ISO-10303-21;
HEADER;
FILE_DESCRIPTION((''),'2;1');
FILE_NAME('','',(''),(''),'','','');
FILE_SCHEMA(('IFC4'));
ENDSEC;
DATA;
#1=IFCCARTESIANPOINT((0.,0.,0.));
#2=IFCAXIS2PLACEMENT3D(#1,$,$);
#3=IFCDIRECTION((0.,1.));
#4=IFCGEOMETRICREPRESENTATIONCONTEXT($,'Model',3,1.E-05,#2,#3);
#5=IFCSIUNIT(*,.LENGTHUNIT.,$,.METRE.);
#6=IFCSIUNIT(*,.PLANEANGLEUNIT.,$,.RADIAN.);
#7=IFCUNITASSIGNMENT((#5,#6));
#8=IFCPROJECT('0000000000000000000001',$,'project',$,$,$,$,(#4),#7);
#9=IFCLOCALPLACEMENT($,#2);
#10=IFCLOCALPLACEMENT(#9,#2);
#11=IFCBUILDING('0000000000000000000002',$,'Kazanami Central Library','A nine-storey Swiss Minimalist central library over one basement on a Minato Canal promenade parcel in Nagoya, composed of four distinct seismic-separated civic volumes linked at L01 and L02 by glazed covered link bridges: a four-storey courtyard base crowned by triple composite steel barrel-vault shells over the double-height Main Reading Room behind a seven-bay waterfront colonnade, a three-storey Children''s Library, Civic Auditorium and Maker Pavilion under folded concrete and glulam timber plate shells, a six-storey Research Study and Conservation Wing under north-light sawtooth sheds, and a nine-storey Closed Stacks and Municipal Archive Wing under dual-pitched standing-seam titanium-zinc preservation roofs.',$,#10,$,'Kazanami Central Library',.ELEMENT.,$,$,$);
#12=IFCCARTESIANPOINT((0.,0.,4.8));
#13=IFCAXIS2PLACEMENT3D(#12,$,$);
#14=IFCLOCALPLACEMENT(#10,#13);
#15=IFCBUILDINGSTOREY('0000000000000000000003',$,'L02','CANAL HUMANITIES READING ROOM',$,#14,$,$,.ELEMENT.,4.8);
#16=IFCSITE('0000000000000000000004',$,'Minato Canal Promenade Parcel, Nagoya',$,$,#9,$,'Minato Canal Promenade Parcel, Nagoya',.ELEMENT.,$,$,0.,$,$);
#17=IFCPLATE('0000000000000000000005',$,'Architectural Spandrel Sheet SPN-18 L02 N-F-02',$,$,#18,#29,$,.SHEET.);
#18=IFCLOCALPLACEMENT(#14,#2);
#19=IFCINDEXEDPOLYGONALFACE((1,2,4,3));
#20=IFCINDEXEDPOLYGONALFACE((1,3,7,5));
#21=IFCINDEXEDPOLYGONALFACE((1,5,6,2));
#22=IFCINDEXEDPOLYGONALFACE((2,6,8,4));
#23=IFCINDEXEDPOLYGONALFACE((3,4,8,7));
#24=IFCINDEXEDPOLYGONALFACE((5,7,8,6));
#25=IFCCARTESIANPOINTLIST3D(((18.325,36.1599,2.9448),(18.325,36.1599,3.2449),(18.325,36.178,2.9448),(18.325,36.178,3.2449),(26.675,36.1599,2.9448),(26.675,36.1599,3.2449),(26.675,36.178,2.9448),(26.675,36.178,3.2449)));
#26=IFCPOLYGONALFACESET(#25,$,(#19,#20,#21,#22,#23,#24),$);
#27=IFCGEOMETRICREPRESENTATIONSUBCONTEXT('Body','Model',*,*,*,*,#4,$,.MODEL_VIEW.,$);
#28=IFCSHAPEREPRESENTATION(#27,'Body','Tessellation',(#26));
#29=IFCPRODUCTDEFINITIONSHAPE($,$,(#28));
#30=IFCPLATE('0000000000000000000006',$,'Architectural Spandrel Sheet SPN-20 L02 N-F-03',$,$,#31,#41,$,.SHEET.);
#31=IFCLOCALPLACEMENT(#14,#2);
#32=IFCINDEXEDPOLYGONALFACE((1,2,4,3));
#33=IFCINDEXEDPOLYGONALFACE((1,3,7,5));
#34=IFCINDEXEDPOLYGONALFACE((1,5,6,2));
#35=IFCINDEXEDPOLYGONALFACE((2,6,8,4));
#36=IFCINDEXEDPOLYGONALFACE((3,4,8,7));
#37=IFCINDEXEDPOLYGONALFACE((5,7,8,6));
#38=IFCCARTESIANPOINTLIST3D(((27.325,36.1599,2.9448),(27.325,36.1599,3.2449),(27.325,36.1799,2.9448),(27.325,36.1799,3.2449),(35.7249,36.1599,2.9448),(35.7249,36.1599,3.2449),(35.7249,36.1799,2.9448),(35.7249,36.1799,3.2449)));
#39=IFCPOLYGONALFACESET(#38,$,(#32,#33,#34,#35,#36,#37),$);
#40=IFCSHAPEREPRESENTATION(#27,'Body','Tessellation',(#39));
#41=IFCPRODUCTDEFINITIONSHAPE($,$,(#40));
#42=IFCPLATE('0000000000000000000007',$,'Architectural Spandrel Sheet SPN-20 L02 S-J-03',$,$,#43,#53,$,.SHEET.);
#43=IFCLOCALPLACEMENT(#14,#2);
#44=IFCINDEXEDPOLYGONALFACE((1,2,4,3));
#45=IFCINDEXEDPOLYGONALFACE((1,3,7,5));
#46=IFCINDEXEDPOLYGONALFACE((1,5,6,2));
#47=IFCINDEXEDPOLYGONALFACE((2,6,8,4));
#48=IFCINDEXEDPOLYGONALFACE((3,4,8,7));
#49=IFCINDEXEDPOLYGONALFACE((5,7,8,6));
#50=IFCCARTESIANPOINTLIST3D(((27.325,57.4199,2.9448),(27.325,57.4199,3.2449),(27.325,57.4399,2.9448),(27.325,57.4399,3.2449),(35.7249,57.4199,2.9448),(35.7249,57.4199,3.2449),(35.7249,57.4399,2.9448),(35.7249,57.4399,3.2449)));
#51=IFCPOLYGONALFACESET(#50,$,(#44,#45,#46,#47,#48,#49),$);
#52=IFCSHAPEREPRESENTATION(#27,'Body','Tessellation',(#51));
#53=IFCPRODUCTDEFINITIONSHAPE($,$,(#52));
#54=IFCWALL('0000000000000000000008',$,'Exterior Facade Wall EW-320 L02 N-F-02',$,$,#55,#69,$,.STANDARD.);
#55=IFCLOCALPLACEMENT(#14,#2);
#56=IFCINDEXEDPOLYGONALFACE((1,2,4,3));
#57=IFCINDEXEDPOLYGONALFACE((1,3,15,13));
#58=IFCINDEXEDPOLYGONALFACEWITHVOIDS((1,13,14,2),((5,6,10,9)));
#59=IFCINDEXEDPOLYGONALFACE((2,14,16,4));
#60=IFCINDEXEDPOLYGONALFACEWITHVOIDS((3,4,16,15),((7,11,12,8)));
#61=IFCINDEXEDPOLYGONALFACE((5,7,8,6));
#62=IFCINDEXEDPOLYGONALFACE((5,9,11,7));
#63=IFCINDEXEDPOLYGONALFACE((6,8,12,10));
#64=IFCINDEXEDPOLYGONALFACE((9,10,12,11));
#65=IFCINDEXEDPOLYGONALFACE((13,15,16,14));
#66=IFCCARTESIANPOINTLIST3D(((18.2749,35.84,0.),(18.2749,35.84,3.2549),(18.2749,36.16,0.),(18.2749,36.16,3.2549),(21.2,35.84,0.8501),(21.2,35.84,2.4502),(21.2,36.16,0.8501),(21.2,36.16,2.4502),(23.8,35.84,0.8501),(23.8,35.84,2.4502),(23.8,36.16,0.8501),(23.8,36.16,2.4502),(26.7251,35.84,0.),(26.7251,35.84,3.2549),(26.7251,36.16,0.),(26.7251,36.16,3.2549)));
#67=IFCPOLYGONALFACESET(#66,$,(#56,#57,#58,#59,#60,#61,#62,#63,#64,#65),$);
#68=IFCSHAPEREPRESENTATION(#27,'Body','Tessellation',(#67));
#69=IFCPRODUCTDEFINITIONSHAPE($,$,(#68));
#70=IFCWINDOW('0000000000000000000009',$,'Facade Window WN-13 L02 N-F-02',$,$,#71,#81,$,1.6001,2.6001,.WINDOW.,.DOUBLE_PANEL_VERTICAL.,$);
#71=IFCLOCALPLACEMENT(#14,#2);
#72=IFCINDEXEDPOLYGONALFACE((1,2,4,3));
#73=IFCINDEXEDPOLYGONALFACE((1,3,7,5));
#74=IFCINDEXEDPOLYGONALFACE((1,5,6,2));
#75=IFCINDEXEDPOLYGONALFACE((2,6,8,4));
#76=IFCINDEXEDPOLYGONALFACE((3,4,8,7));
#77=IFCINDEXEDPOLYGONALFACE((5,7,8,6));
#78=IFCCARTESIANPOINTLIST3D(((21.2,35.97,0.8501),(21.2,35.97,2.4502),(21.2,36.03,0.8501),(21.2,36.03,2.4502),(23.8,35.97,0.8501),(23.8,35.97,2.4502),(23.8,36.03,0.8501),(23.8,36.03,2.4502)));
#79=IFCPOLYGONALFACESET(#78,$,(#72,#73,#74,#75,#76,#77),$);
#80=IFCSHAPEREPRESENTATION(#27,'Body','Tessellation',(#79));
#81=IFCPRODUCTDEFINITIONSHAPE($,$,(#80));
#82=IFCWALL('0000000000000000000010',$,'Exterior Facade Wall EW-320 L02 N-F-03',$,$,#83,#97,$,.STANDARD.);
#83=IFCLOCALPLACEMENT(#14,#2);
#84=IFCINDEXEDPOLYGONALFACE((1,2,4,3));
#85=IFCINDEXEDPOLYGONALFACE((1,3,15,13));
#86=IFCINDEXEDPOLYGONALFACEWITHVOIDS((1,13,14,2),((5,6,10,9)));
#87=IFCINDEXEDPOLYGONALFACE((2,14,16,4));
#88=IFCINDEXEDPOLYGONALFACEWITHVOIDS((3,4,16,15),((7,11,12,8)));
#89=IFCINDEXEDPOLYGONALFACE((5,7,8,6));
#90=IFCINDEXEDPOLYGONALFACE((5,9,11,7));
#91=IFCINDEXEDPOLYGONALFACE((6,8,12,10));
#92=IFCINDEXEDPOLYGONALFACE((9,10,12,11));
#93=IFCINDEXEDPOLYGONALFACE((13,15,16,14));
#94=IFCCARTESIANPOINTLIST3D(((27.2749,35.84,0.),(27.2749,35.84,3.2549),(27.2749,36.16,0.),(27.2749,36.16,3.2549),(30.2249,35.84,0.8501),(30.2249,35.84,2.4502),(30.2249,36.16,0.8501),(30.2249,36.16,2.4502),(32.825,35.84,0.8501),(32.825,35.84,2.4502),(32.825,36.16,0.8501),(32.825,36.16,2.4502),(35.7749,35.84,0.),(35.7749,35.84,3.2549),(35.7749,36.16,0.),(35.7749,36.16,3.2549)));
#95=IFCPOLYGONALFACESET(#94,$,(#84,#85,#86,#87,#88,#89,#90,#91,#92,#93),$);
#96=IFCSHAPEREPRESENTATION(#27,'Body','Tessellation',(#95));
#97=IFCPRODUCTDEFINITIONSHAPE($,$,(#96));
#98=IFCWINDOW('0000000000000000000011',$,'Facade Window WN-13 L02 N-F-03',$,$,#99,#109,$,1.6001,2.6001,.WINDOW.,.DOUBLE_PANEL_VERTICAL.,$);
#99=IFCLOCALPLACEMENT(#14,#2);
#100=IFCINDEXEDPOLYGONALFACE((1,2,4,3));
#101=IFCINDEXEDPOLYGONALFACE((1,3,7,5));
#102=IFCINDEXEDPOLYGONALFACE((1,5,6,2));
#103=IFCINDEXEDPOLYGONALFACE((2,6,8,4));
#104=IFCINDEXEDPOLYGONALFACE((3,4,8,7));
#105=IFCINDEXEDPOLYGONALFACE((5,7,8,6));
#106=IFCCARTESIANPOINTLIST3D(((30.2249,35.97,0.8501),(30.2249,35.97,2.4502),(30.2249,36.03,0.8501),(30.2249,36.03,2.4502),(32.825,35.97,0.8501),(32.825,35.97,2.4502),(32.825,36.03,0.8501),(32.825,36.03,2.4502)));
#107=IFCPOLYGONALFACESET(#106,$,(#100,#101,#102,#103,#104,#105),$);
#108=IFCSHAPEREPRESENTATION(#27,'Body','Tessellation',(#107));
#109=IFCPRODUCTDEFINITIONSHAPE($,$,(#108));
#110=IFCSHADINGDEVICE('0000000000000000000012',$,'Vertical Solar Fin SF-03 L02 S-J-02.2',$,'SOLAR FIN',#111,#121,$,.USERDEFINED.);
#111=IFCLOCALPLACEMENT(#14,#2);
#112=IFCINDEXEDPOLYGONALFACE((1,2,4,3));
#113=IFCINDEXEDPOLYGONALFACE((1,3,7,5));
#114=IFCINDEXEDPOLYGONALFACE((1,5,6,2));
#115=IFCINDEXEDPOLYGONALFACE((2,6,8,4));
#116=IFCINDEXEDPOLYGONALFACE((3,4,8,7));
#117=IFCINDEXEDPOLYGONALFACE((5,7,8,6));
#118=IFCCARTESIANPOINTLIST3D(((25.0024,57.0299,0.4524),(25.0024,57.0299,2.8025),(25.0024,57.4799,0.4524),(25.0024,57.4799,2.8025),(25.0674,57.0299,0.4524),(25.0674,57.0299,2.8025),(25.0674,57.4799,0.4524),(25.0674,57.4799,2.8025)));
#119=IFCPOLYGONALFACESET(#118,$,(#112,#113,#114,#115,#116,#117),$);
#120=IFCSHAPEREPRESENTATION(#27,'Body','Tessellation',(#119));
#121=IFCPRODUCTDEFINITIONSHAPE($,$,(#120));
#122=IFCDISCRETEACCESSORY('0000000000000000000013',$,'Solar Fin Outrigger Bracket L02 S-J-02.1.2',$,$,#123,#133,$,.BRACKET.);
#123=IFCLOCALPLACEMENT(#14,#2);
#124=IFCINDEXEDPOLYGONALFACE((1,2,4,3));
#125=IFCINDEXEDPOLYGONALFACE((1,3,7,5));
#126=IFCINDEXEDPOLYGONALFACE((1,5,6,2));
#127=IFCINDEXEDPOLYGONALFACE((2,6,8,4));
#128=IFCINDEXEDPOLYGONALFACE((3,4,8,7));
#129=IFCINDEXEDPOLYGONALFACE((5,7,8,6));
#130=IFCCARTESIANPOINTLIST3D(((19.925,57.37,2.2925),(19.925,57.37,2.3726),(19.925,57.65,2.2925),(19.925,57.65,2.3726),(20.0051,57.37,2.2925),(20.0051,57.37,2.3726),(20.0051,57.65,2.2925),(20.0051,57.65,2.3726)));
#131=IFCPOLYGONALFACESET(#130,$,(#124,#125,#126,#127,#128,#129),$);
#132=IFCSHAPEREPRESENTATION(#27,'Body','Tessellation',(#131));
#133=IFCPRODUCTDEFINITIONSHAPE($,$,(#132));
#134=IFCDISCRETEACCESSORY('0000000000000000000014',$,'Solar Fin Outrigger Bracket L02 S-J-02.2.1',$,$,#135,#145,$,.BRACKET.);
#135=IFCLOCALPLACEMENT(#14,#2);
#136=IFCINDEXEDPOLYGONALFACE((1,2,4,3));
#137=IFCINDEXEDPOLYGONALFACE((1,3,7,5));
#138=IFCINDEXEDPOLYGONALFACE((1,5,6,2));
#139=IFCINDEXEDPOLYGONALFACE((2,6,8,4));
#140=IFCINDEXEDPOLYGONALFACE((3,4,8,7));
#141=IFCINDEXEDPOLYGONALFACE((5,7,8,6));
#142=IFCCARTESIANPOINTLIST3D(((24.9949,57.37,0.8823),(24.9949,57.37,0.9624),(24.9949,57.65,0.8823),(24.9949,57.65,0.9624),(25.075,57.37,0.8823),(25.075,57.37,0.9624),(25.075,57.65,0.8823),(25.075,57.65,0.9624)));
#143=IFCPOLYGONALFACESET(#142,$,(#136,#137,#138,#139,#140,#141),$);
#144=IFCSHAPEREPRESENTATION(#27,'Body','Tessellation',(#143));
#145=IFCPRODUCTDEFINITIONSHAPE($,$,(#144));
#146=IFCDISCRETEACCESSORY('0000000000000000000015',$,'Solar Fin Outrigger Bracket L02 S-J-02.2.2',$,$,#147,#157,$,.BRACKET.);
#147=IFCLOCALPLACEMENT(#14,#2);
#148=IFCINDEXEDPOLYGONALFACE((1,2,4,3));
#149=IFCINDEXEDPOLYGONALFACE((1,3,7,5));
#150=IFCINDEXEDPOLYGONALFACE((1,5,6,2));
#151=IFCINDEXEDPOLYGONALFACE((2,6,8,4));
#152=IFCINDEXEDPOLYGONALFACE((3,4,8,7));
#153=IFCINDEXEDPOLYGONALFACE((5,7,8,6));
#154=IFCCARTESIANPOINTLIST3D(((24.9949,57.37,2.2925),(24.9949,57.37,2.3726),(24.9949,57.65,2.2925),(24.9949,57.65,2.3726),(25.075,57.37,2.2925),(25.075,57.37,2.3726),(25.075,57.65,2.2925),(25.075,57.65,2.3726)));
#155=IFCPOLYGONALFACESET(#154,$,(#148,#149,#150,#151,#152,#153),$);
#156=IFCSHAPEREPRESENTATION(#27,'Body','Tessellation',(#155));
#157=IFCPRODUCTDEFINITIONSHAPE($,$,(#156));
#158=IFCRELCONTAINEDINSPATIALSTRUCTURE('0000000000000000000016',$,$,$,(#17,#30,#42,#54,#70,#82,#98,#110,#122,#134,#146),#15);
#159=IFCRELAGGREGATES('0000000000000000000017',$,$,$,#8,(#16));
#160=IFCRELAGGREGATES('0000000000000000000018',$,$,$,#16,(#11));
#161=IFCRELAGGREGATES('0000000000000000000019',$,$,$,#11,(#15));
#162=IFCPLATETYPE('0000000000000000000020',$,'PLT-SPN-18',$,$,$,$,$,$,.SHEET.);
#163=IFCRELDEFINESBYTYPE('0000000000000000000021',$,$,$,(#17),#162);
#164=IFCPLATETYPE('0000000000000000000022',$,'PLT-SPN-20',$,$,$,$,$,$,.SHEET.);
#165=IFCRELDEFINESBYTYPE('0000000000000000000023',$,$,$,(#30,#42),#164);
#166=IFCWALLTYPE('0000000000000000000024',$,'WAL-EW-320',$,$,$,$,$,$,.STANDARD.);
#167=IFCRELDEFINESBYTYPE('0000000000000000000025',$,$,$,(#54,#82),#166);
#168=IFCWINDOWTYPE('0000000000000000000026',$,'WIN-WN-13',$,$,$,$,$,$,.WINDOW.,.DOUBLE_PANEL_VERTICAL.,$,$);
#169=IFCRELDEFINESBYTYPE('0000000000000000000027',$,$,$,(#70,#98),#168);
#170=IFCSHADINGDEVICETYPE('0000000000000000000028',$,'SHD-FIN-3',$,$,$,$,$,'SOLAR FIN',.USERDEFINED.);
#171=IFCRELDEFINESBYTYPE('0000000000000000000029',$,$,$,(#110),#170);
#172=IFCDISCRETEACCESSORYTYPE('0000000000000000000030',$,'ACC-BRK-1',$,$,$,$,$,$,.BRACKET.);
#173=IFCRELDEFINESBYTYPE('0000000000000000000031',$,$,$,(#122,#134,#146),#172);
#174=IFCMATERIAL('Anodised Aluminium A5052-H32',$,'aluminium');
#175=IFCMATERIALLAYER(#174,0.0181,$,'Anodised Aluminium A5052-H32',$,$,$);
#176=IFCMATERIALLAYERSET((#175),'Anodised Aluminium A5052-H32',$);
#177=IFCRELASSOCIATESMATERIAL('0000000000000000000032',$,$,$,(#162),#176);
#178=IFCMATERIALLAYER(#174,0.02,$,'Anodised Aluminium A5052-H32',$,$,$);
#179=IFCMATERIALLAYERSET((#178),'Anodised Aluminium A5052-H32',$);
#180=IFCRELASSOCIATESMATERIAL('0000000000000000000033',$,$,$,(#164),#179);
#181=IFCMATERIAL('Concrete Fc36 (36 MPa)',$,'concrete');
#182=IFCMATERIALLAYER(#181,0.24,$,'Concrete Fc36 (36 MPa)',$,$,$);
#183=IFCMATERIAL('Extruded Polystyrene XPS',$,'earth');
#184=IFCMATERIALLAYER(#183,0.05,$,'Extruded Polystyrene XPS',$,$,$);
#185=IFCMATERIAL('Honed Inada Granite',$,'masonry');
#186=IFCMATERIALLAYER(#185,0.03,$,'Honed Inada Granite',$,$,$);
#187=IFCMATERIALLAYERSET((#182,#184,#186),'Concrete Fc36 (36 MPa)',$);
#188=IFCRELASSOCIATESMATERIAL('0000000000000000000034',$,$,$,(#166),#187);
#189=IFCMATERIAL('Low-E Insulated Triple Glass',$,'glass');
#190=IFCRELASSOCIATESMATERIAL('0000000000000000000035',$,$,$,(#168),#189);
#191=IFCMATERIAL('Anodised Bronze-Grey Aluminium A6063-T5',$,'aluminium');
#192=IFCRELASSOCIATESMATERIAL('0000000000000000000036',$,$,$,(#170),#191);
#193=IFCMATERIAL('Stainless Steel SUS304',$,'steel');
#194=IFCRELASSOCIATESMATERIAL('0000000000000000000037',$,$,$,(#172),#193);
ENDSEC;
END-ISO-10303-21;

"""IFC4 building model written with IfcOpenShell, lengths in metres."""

from ifc_helpers import new_model, si_unit, direction, frame, frame_2d, origin, origin_2d, place, context, subcontext, project, spatial, rectangle, extrude, material, layer, layer_set, type_object, element, fill, save


model = new_model("IFC4")

# Units and contexts
model_context = context("Model", 3, precision=1e-05, world=origin(), true_north=direction((0.0, 1.0)))
body_context = subcontext(model_context, "Body", "Model", "MODEL_VIEW")
ifc_project = project(units=[si_unit("LENGTHUNIT", "METRE"), si_unit("PLANEANGLEUNIT", "RADIAN")], contexts=[model_context])

# Site, building, storey
site_placement = place(None, origin())
site = spatial("IfcSite", under=ifc_project, at=site_placement, Name="Minato Canal Promenade Parcel, Nagoya", LongName="Minato Canal Promenade Parcel, Nagoya", CompositionType="ELEMENT", RefElevation=0.0)
building_placement = place(site_placement, origin())
building = spatial("IfcBuilding", under=site, at=building_placement, Name="Kazanami Central Library", Description="A nine-storey Swiss Minimalist central library over one basement on a Minato Canal promenade parcel in Nagoya, composed of four distinct seismic-separated civic volumes linked at L01 and L02 by glazed covered link bridges: a four-storey courtyard base crowned by triple composite steel barrel-vault shells over the double-height Main Reading Room behind a seven-bay waterfront colonnade, a three-storey Children's Library, Civic Auditorium and Maker Pavilion under folded concrete and glulam timber plate shells, a six-storey Research Study and Conservation Wing under north-light sawtooth sheds, and a nine-storey Closed Stacks and Municipal Archive Wing under dual-pitched standing-seam titanium-zinc preservation roofs.", LongName="Kazanami Central Library", CompositionType="ELEMENT")
storey_placement = place(building_placement, frame((0.0, 0.0, 4.8)))
storey = spatial("IfcBuildingStorey", under=building, at=storey_placement, Name="L02", Description="CANAL HUMANITIES READING ROOM", CompositionType="ELEMENT", Elevation=4.8)

# Shared definitions
ifc_material_1 = material(Name="Low-E Insulated Triple Glass", Category="glass")
ifc_material_2 = material(Name="Anodised Aluminium A5052-H32", Category="aluminium")

# Plates
ifc_layer_1 = layer(ifc_material_2, 0.0181, Name="Anodised Aluminium A5052-H32")
ifc_layer_set_1 = layer_set([ifc_layer_1], Name="Anodised Aluminium A5052-H32")
plate_type_1 = type_object("IfcPlateType", Name="PLT-SPN-18", PredefinedType="SHEET", material=ifc_layer_set_1)
plate_1_placement = place(storey_placement, frame((22.5, 36.1689, 2.9448), z_axis=(0.0, 0.0, 1.0), x_axis=(-1.0, 0.0, 0.0)))
element("IfcPlate", 1, at=plate_1_placement, inside=storey, type_object=plate_type_1, Name="Architectural Spandrel Sheet SPN-18 L02 N-F-02", PredefinedType="SHEET", context=body_context, shape_type="SweptSolid", body=[
    extrude(rectangle(XDim=8.3501, YDim=0.0181, at=origin_2d()), origin(), (0.0, 0.0, 1.0), 0.3),
])
ifc_layer_2 = layer(ifc_material_2, 0.02, Name="Anodised Aluminium A5052-H32")
ifc_layer_set_2 = layer_set([ifc_layer_2], Name="Anodised Aluminium A5052-H32")
plate_type_2 = type_object("IfcPlateType", Name="PLT-SPN-20", PredefinedType="SHEET", material=ifc_layer_set_2)
for number, where, z_axis, x_axis, name in (
    (2, (31.5249, 36.1699, 2.9448), (0.0, 0.0, 1.0), (-1.0, 0.0, 0.0), "Architectural Spandrel Sheet SPN-20 L02 N-F-03"),
    (3, (31.5249, 57.4299, 2.9448), (0.0, 0.0, 1.0), (1.0, 0.0, 0.0), "Architectural Spandrel Sheet SPN-20 L02 S-J-03"),
):
    element("IfcPlate", number, at=place(storey_placement, frame(where, z_axis=z_axis, x_axis=x_axis)), inside=storey, type_object=plate_type_2, Name=name, PredefinedType="SHEET", context=body_context, shape_type="SweptSolid", body=[
        extrude(rectangle(XDim=8.3999, YDim=0.02, at=origin_2d()), origin(), (0.0, 0.0, 1.0), 0.3),
    ])

# Walls, openings, windows
ifc_material_3 = material(Name="Concrete Fc36 (36 MPa)", Category="concrete")
ifc_layer_3 = layer(ifc_material_3, 0.24, Name="Concrete Fc36 (36 MPa)")
ifc_material_4 = material(Name="Extruded Polystyrene XPS", Category="earth")
ifc_layer_4 = layer(ifc_material_4, 0.05, Name="Extruded Polystyrene XPS")
ifc_material_5 = material(Name="Honed Inada Granite", Category="masonry")
ifc_layer_5 = layer(ifc_material_5, 0.03, Name="Honed Inada Granite")
ifc_layer_set_3 = layer_set([ifc_layer_3, ifc_layer_4, ifc_layer_5], Name="Concrete Fc36 (36 MPa)")
wall_type = type_object("IfcWallType", Name="WAL-EW-320", PredefinedType="STANDARD", material=ifc_layer_set_3)
wall_1_placement = place(storey_placement, frame((26.7251, 36.0, 0.0), z_axis=(0.0, 0.0, 1.0), x_axis=(-1.0, 0.0, 0.0)))
wall_1 = element("IfcWall", 4, at=wall_1_placement, inside=storey, type_object=wall_type, Name="Exterior Facade Wall EW-320 L02 N-F-02", PredefinedType="STANDARD", context=body_context, shape_type="SweptSolid", body=[
    extrude(rectangle(XDim=8.4502, YDim=0.3201, at=frame_2d((4.2251, 0.0))), origin(), (0.0, 0.0, 1.0), 3.2549),
])
opening_1_placement = place(wall_1_placement, frame((2.925, 0.0, 0.8501)))
opening_1 = element("IfcOpeningElement", 5, at=opening_1_placement, cuts=wall_1, PredefinedType="OPENING", context=body_context, shape_type="SweptSolid", body=[
    extrude(rectangle(XDim=2.6001, YDim=1.6001, at=frame_2d((1.3, 0.8))), frame((0.0, 0.1719, 0.0), z_axis=(0.0, -1.0, 0.0), x_axis=(1.0, 0.0, 0.0)), (0.0, 0.0, 1.0), 0.344),
])
window_type = type_object("IfcWindowType", Name="WIN-WN-13", PartitioningType="DOUBLE_PANEL_VERTICAL", PredefinedType="WINDOW", material=ifc_material_1)
window_1_placement = place(opening_1_placement, origin())
window_1 = element("IfcWindow", 6, at=window_1_placement, inside=storey, type_object=window_type, Name="Facade Window WN-13 L02 N-F-02", OverallHeight=1.6001, OverallWidth=2.6001, PartitioningType="DOUBLE_PANEL_VERTICAL", PredefinedType="WINDOW", context=body_context, shape_type="SweptSolid", body=[
    extrude(rectangle(XDim=2.6001, YDim=1.6001, at=frame_2d((1.3, 0.8))), frame((0.0, 0.03, 0.0), z_axis=(0.0, -1.0, 0.0), x_axis=(1.0, 0.0, 0.0)), (0.0, 0.0, 1.0), 0.0601),
])
fill(opening_1, window_1)
wall_2_placement = place(storey_placement, frame((35.7749, 36.0, 0.0), z_axis=(0.0, 0.0, 1.0), x_axis=(-1.0, 0.0, 0.0)))
wall_2 = element("IfcWall", 7, at=wall_2_placement, inside=storey, type_object=wall_type, Name="Exterior Facade Wall EW-320 L02 N-F-03", PredefinedType="STANDARD", context=body_context, shape_type="SweptSolid", body=[
    extrude(rectangle(XDim=8.5, YDim=0.3201, at=frame_2d((4.25, 0.0))), origin(), (0.0, 0.0, 1.0), 3.2549),
])
opening_2_placement = place(wall_2_placement, frame((2.95, 0.0, 0.8501)))
opening_2 = element("IfcOpeningElement", 8, at=opening_2_placement, cuts=wall_2, PredefinedType="OPENING", context=body_context, shape_type="SweptSolid", body=[
    extrude(rectangle(XDim=2.6001, YDim=1.6001, at=frame_2d((1.3, 0.8))), frame((0.0, 0.1719, 0.0), z_axis=(0.0, -1.0, 0.0), x_axis=(1.0, 0.0, 0.0)), (0.0, 0.0, 1.0), 0.344),
])
window_2_placement = place(opening_2_placement, origin())
window_2 = element("IfcWindow", 9, at=window_2_placement, inside=storey, type_object=window_type, Name="Facade Window WN-13 L02 N-F-03", OverallHeight=1.6001, OverallWidth=2.6001, PartitioningType="DOUBLE_PANEL_VERTICAL", PredefinedType="WINDOW", context=body_context, shape_type="SweptSolid", body=[
    extrude(rectangle(XDim=2.6001, YDim=1.6001, at=frame_2d((1.3, 0.8))), frame((0.0, 0.03, 0.0), z_axis=(0.0, -1.0, 0.0), x_axis=(1.0, 0.0, 0.0)), (0.0, 0.0, 1.0), 0.0601),
])
fill(opening_2, window_2)

# Shading device
ifc_material_6 = material(Name="Anodised Bronze-Grey Aluminium A6063-T5", Category="aluminium")
shading_device_type = type_object("IfcShadingDeviceType", Name="SHD-FIN-3", ElementType="SOLAR FIN", PredefinedType="USERDEFINED", material=ifc_material_6)
shading_device_placement = place(storey_placement, frame((25.0349, 57.2549, 0.4524), z_axis=(0.0, 0.0, 1.0), x_axis=(1.0, 0.0, 0.0)))
element("IfcShadingDevice", 10, at=shading_device_placement, inside=storey, type_object=shading_device_type, Name="Vertical Solar Fin SF-03 L02 S-J-02.2", ObjectType="SOLAR FIN", PredefinedType="USERDEFINED", context=body_context, shape_type="SweptSolid", body=[
    extrude(rectangle(XDim=0.0649, YDim=0.45, at=origin_2d()), origin(), (0.0, 0.0, 1.0), 2.3501),
])

# Discrete accessories
ifc_material_7 = material(Name="Stainless Steel SUS304", Category="steel")
discrete_accessory_type = type_object("IfcDiscreteAccessoryType", Name="ACC-BRK-1", PredefinedType="BRACKET", material=ifc_material_7)
for number, where, z_axis, x_axis, name in (
    (11, (19.9651, 57.51, 2.2925), (0.0, 0.0, 1.0), (1.0, 0.0, 0.0), "Solar Fin Outrigger Bracket L02 S-J-02.1.2"),
    (12, (25.0349, 57.51, 0.8823), (0.0, 0.0, 1.0), (1.0, 0.0, 0.0), "Solar Fin Outrigger Bracket L02 S-J-02.2.1"),
    (13, (25.0349, 57.51, 2.2925), (0.0, 0.0, 1.0), (1.0, 0.0, 0.0), "Solar Fin Outrigger Bracket L02 S-J-02.2.2"),
):
    element("IfcDiscreteAccessory", number, at=place(storey_placement, frame(where, z_axis=z_axis, x_axis=x_axis)), inside=storey, type_object=discrete_accessory_type, Name=name, PredefinedType="BRACKET", context=body_context, shape_type="SweptSolid", body=[
        extrude(rectangle(XDim=0.0801, YDim=0.28, at=origin_2d()), origin(), (0.0, 0.0, 1.0), 0.0801),
    ])

save(model, "model.ifc")
